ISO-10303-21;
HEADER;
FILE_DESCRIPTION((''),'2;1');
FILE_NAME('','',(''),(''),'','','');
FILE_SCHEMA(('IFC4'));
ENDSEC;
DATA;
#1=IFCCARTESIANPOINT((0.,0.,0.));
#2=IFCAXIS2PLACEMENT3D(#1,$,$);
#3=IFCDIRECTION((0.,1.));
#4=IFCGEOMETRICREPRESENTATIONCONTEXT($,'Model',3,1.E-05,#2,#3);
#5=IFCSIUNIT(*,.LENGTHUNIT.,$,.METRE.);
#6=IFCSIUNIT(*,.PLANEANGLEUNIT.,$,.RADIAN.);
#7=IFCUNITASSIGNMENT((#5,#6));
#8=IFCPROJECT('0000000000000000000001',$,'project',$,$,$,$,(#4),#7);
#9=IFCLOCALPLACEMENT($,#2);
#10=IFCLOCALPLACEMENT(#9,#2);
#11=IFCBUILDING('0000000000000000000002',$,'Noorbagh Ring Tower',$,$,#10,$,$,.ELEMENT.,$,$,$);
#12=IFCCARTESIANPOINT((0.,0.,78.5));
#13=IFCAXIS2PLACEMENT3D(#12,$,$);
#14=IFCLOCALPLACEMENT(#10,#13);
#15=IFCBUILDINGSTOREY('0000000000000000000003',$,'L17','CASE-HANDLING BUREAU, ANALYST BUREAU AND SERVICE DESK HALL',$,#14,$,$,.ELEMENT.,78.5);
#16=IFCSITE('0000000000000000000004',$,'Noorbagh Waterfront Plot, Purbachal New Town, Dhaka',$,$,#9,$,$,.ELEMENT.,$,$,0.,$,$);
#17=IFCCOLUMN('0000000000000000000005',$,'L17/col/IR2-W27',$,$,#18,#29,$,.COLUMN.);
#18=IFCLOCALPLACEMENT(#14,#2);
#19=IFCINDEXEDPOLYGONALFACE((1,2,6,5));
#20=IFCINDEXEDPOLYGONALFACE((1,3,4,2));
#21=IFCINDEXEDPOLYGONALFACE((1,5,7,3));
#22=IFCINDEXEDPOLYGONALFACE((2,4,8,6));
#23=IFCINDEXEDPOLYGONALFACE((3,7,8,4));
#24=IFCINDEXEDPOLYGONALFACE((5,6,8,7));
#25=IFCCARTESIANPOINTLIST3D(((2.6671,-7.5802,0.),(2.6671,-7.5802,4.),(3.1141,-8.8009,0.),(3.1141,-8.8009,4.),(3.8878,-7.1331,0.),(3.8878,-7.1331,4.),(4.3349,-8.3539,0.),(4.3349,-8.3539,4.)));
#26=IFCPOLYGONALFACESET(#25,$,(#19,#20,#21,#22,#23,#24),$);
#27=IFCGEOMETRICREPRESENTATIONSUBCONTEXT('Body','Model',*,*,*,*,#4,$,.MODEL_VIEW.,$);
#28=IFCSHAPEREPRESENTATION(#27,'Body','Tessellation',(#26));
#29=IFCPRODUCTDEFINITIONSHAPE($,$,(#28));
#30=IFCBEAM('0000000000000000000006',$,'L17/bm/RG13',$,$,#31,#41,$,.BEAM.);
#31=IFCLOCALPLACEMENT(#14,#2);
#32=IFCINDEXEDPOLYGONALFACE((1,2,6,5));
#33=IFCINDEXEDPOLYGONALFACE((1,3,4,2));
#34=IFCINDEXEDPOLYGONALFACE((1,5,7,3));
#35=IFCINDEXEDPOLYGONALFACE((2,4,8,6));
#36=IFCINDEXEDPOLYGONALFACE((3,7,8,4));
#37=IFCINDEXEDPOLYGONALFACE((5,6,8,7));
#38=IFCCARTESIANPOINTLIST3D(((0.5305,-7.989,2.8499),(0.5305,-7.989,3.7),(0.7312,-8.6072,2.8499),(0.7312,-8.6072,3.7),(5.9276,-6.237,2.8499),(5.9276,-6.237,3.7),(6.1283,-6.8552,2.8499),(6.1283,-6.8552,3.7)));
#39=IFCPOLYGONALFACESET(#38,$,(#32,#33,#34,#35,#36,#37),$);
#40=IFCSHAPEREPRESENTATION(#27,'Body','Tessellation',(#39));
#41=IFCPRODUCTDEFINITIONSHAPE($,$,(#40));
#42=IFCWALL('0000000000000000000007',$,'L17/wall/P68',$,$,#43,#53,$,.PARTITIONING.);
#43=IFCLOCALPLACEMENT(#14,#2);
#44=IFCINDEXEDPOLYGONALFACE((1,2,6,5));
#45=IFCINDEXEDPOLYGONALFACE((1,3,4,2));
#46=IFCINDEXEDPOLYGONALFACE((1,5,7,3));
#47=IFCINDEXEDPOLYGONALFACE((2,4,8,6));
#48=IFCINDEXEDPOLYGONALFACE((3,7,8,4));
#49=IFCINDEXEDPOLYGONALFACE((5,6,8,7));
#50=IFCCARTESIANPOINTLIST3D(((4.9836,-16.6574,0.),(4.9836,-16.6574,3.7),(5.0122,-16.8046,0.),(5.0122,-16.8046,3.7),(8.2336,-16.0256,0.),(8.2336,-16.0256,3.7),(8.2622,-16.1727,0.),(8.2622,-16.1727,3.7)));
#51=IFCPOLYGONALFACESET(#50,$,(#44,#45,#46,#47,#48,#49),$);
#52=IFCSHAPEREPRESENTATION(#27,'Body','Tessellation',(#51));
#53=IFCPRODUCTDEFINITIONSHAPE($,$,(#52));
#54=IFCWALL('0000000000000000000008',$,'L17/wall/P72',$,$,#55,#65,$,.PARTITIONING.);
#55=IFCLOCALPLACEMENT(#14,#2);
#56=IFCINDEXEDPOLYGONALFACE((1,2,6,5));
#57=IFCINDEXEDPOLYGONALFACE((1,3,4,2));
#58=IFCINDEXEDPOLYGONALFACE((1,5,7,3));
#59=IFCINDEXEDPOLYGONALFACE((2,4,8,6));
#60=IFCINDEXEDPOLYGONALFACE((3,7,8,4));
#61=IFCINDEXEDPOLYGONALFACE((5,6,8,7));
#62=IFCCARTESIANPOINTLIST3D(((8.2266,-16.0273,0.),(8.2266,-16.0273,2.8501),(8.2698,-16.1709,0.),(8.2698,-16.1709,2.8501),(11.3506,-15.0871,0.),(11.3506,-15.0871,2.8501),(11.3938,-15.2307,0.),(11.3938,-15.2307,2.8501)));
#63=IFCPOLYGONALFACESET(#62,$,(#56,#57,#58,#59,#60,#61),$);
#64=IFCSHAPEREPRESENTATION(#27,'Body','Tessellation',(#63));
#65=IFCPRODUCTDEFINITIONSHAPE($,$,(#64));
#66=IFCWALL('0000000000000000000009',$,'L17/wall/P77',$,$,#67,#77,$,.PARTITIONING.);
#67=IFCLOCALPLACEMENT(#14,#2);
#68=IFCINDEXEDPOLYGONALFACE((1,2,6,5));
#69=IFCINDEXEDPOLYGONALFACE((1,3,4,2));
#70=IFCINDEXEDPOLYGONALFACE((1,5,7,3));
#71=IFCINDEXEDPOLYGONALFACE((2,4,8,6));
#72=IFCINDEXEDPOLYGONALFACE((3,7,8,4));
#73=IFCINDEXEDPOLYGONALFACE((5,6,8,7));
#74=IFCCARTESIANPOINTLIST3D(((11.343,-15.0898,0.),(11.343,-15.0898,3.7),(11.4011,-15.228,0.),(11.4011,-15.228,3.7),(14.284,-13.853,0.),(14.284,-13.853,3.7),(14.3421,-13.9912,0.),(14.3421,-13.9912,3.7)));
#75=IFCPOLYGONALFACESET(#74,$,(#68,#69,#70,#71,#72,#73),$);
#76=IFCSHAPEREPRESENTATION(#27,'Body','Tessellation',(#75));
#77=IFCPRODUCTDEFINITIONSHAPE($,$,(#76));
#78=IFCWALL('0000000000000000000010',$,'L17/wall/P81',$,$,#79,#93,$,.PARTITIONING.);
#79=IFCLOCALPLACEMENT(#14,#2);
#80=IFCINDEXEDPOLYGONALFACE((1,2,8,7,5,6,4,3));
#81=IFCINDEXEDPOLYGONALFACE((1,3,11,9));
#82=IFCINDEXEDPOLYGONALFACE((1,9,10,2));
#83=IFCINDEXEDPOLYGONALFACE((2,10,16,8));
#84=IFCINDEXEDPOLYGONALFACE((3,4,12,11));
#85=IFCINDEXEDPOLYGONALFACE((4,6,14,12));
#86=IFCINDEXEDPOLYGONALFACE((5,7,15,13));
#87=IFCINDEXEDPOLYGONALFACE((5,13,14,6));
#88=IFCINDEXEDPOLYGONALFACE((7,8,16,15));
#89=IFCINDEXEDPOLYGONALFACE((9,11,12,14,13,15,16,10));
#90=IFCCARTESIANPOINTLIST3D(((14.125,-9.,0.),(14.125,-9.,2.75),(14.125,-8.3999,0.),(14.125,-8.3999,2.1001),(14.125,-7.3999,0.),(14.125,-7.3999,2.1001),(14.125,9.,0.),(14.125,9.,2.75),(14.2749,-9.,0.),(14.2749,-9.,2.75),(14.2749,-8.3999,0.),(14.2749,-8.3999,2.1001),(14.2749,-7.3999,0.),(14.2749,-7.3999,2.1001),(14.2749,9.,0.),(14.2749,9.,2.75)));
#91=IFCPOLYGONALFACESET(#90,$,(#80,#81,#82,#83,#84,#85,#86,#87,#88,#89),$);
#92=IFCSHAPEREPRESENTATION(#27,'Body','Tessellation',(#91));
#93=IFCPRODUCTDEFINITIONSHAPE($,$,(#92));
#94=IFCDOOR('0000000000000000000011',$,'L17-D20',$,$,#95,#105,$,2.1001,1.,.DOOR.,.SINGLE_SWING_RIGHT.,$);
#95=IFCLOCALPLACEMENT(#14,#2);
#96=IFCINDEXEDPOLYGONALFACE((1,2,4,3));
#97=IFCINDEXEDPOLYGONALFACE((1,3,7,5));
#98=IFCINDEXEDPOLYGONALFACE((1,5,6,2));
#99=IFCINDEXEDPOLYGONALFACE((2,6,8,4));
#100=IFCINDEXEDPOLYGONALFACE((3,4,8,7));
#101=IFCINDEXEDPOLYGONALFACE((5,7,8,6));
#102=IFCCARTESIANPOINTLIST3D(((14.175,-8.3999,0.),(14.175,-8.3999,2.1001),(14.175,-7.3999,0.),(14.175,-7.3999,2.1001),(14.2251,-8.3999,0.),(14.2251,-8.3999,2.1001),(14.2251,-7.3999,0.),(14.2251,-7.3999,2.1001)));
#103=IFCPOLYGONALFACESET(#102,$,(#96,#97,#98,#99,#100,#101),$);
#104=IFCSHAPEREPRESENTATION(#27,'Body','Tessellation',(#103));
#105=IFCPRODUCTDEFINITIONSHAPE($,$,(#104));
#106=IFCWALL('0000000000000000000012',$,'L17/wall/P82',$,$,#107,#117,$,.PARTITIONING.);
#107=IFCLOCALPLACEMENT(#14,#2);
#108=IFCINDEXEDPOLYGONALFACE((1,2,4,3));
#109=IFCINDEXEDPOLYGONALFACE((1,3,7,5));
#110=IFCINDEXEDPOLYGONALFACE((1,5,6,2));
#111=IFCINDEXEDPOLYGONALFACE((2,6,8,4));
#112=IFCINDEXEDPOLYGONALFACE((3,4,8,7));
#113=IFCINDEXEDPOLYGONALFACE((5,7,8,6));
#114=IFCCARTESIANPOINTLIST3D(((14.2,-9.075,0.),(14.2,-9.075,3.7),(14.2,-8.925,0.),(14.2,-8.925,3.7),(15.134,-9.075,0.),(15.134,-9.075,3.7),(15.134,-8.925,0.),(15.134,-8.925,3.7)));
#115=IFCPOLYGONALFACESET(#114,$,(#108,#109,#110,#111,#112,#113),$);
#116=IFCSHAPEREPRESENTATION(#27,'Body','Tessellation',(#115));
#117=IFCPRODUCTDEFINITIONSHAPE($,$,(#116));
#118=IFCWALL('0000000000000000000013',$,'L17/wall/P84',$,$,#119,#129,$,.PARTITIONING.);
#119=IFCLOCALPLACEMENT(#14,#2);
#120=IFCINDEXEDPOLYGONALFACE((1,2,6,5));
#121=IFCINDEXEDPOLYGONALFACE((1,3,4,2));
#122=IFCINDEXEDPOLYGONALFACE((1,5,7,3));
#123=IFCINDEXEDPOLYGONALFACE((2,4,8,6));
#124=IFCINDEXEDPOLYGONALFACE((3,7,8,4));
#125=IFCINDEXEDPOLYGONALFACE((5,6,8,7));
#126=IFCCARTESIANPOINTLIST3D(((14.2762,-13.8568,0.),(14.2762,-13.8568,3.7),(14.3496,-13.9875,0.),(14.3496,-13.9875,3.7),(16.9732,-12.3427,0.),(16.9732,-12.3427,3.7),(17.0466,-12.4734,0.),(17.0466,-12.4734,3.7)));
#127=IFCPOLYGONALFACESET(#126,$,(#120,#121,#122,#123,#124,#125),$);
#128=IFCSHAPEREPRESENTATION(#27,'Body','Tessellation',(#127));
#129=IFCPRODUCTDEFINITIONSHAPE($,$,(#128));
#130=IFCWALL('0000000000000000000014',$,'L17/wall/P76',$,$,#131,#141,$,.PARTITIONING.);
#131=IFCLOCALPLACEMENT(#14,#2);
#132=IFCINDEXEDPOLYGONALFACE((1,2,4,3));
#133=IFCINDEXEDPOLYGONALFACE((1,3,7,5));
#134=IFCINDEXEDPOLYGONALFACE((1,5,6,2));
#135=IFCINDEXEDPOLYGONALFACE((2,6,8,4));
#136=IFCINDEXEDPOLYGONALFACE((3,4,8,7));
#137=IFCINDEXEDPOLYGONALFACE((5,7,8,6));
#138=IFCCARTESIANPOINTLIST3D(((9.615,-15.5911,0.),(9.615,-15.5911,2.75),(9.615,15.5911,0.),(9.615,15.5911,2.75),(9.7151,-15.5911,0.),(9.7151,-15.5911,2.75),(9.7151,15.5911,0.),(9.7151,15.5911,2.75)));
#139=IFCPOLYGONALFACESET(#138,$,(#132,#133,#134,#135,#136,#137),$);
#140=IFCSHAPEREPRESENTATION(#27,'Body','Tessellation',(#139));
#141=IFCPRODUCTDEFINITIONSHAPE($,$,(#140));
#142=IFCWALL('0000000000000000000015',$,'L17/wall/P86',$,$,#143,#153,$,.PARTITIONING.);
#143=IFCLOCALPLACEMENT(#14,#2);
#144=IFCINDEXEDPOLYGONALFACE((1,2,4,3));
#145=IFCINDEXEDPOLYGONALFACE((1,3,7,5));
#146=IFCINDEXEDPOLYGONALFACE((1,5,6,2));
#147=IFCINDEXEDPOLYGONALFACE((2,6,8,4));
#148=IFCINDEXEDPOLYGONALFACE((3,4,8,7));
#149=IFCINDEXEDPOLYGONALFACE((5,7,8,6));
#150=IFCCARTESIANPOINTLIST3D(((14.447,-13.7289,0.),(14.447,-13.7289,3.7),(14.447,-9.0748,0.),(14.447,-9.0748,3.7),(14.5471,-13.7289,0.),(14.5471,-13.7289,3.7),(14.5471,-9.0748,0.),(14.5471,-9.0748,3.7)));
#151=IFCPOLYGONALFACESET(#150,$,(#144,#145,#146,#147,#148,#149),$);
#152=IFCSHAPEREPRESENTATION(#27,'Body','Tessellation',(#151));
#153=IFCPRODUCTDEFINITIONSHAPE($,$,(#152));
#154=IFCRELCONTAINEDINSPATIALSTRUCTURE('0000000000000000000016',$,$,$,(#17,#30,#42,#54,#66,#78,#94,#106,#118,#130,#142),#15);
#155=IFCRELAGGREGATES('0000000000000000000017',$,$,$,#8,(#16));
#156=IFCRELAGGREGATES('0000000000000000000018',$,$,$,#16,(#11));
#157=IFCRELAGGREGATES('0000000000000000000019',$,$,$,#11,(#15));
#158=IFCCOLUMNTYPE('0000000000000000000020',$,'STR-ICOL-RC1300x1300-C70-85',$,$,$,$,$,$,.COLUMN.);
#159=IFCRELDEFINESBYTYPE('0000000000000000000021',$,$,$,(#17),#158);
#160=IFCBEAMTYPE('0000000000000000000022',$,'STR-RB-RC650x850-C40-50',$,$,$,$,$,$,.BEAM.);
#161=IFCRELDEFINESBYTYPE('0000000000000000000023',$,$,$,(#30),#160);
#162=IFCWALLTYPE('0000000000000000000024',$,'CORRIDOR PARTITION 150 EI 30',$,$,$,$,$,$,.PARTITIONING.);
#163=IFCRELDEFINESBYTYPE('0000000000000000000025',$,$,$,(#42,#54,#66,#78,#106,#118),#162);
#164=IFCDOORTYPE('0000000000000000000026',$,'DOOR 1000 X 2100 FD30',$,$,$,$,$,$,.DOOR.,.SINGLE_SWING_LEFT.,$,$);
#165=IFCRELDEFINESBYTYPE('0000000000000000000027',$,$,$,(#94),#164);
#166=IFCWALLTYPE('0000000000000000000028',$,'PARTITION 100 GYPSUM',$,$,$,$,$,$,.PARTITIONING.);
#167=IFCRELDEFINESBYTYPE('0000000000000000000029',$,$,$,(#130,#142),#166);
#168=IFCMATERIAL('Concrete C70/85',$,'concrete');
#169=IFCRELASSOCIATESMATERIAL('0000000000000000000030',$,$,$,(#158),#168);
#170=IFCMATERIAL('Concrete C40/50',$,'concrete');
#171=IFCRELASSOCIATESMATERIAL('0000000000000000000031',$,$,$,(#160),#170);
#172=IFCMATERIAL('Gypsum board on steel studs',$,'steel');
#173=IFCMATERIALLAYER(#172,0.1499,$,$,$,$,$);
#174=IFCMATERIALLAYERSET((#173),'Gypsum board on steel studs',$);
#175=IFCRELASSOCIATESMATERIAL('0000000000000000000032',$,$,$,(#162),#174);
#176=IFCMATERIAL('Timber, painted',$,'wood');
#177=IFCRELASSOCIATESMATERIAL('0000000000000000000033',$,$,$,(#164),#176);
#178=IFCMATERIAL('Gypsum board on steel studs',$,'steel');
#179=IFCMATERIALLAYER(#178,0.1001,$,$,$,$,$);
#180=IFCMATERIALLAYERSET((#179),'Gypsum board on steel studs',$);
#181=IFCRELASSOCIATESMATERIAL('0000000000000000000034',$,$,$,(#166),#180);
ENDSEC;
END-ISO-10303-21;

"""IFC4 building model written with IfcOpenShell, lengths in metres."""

from ifc_helpers import new_model, si_unit, direction, frame, frame_2d, origin, origin_2d, place, context, subcontext, project, spatial, rectangle, extrude, material, layer, layer_set, material_profile, profile_set, type_object, element, fill, save


model = new_model("IFC4")

# Units and contexts
model_context = context("Model", 3, precision=1e-05, world=origin(), true_north=direction((0.0, 1.0)))
body_context = subcontext(model_context, "Body", "Model", "MODEL_VIEW")
ifc_project = project(units=[si_unit("LENGTHUNIT", "METRE"), si_unit("PLANEANGLEUNIT", "RADIAN")], contexts=[model_context])

# Site, building, storey
site_placement = place(None, origin())
site = spatial("IfcSite", under=ifc_project, at=site_placement, Name="Noorbagh Waterfront Plot, Purbachal New Town, Dhaka", CompositionType="ELEMENT", RefElevation=0.0)
building_placement = place(site_placement, origin())
building = spatial("IfcBuilding", under=site, at=building_placement, Name="Noorbagh Ring Tower", CompositionType="ELEMENT")
storey_placement = place(building_placement, frame((0.0, 0.0, 78.5)))
storey = spatial("IfcBuildingStorey", under=building, at=storey_placement, Name="L17", Description="CASE-HANDLING BUREAU, ANALYST BUREAU AND SERVICE DESK HALL", CompositionType="ELEMENT", Elevation=78.5)

# Column
ifc_material_1 = material(Name="Concrete C70/85", Category="concrete")
ifc_material_profile_1 = material_profile(ifc_material_1, rectangle(XDim=1.3, YDim=1.3, at=origin_2d()), Name="RC1300x1300")
ifc_profile_set_1 = profile_set([ifc_material_profile_1], Name="Concrete C70/85")
column_type = type_object("IfcColumnType", Name="STR-ICOL-RC1300x1300-C70-85", PredefinedType="COLUMN", material=ifc_profile_set_1)
column_placement = place(storey_placement, frame((3.501, -7.967, 0.0), z_axis=(0.0, 0.0, 1.0), x_axis=(0.93902, 0.343864, 0.0)))
element("IfcColumn", 1, at=column_placement, inside=storey, type_object=column_type, Name="L17/col/IR2-W27", PredefinedType="COLUMN", context=body_context, shape_type="SweptSolid", body=[
    extrude(rectangle(XDim=1.3, YDim=1.3, at=origin_2d()), origin(), (0.0, 0.0, 1.0), 4.0),
])

# Beam
ifc_material_2 = material(Name="Concrete C40/50", Category="concrete")
ifc_material_profile_2 = material_profile(ifc_material_2, rectangle(XDim=0.6499, YDim=0.8501, at=origin_2d()), Name="RC650x850")
ifc_profile_set_2 = profile_set([ifc_material_profile_2], Name="Concrete C40/50")
beam_type = type_object("IfcBeamType", Name="STR-RB-RC650x850-C40-50", PredefinedType="BEAM", material=ifc_profile_set_2)
beam_placement = place(storey_placement, frame((0.6309, -8.2981, 3.2749), z_axis=(0.951141, 0.308757, 0.0), x_axis=(-0.308757, 0.951141, 0.0)))
element("IfcBeam", 2, at=beam_placement, inside=storey, type_object=beam_type, Name="L17/bm/RG13", PredefinedType="BEAM", context=body_context, shape_type="SweptSolid", body=[
    extrude(rectangle(XDim=0.6499, YDim=0.8501, at=origin_2d()), origin(), (0.0, 0.0, 1.0), 5.6743),
])

# Walls
ifc_material_3 = material(Name="Gypsum board on steel studs", Category="steel")
ifc_layer_1 = layer(ifc_material_3, 0.1499)
ifc_layer_set_1 = layer_set([ifc_layer_1], Name="Gypsum board on steel studs")
wall_type_1 = type_object("IfcWallType", Name="CORRIDOR PARTITION 150 EI 30", PredefinedType="PARTITIONING", material=ifc_layer_set_1)
wall_1_placement = place(storey_placement, frame((4.998, -16.731, 0.0), z_axis=(0.0, 0.0, 1.0), x_axis=(0.981622, 0.190838, 0.0)))
element("IfcWall", 3, at=wall_1_placement, inside=storey, type_object=wall_type_1, Name="L17/wall/P68", PredefinedType="PARTITIONING", context=body_context, shape_type="SweptSolid", body=[
    extrude(rectangle(XDim=3.3108, YDim=0.1499, at=frame_2d((1.6553, 0.0))), origin(), (0.0, 0.0, 1.0), 3.7),
])
wall_2_placement = place(storey_placement, frame((8.248, -16.0991, 0.0), z_axis=(0.0, 0.0, 1.0), x_axis=(0.957575, 0.288185, 0.0)))
element("IfcWall", 4, at=wall_2_placement, inside=storey, type_object=wall_type_1, Name="L17/wall/P72", PredefinedType="PARTITIONING", context=body_context, shape_type="SweptSolid", body=[
    extrude(rectangle(XDim=3.2625, YDim=0.1499, at=frame_2d((1.6313, 0.0))), origin(), (0.0, 0.0, 1.0), 2.8501),
])
wall_3_placement = place(storey_placement, frame((11.3721, -15.1589, 0.0), z_axis=(0.0, 0.0, 1.0), x_axis=(0.9218, 0.387667, 0.0)))
element("IfcWall", 5, at=wall_3_placement, inside=storey, type_object=wall_type_1, Name="L17/wall/P77", PredefinedType="PARTITIONING", context=body_context, shape_type="SweptSolid", body=[
    extrude(rectangle(XDim=3.1904, YDim=0.1499, at=frame_2d((1.5952, 0.0))), origin(), (0.0, 0.0, 1.0), 3.7),
])

# Wall, opening, door
wall_4_placement = place(storey_placement, frame((14.2, -9.0, 0.0), z_axis=(0.0, 0.0, 1.0), x_axis=(0.0, 1.0, 0.0)))
wall_4 = element("IfcWall", 6, at=wall_4_placement, inside=storey, type_object=wall_type_1, Name="L17/wall/P81", PredefinedType="PARTITIONING", context=body_context, shape_type="SweptSolid", body=[
    extrude(rectangle(XDim=18.0, YDim=0.1499, at=frame_2d((9.0, 0.0))), origin(), (0.0, 0.0, 1.0), 2.75),
])
opening_placement = place(wall_4_placement, frame((0.6001, 0.0, 0.0)))
opening = element("IfcOpeningElement", 7, at=opening_placement, cuts=wall_4, PredefinedType="OPENING", context=body_context, shape_type="SweptSolid", body=[
    extrude(rectangle(XDim=1.0, YDim=2.1001, at=frame_2d((0.5, 1.05))), frame((0.0, 0.085, 0.0), z_axis=(0.0, -1.0, 0.0), x_axis=(1.0, 0.0, 0.0)), (0.0, 0.0, 1.0), 0.1699),
])
ifc_material_4 = material(Name="Timber, painted", Category="wood")
door_type = type_object("IfcDoorType", Name="DOOR 1000 X 2100 FD30", OperationType="SINGLE_SWING_LEFT", PredefinedType="DOOR", material=ifc_material_4)
door_placement = place(opening_placement, origin())
door = element("IfcDoor", 8, at=door_placement, inside=storey, type_object=door_type, Name="L17-D20", OperationType="SINGLE_SWING_RIGHT", OverallHeight=2.1001, OverallWidth=1.0, PredefinedType="DOOR", context=body_context, shape_type="SweptSolid", body=[
    extrude(rectangle(XDim=1.0, YDim=2.1001, at=frame_2d((0.5, 1.05))), frame((0.0, 0.0249, 0.0), z_axis=(0.0, -1.0, 0.0), x_axis=(1.0, 0.0, 0.0)), (0.0, 0.0, 1.0), 0.05),
])
fill(opening, door)

# Walls
wall_5_placement = place(storey_placement, frame((14.2, -9.0, 0.0), z_axis=(0.0, 0.0, 1.0), x_axis=(1.0, 0.0, 0.0)))
element("IfcWall", 9, at=wall_5_placement, inside=storey, type_object=wall_type_1, Name="L17/wall/P82", PredefinedType="PARTITIONING", context=body_context, shape_type="SweptSolid", body=[
    extrude(rectangle(XDim=0.9341, YDim=0.1499, at=frame_2d((0.467, 0.0))), origin(), (0.0, 0.0, 1.0), 3.7),
])
wall_6_placement = place(storey_placement, frame((14.313, -13.9221, 0.0), z_axis=(0.0, 0.0, 1.0), x_axis=(0.871978, 0.489545, 0.0)))
element("IfcWall", 10, at=wall_6_placement, inside=storey, type_object=wall_type_1, Name="L17/wall/P84", PredefinedType="PARTITIONING", context=body_context, shape_type="SweptSolid", body=[
    extrude(rectangle(XDim=3.093, YDim=0.1499, at=frame_2d((1.5464, 0.0))), origin(), (0.0, 0.0, 1.0), 3.7),
])
ifc_material_5 = material(Name="Gypsum board on steel studs", Category="steel")
ifc_layer_2 = layer(ifc_material_5, 0.1001)
ifc_layer_set_2 = layer_set([ifc_layer_2], Name="Gypsum board on steel studs")
wall_type_2 = type_object("IfcWallType", Name="PARTITION 100 GYPSUM", PredefinedType="PARTITIONING", material=ifc_layer_set_2)
wall_7_placement = place(storey_placement, frame((9.665, -15.5911, 0.0), z_axis=(0.0, 0.0, 1.0), x_axis=(0.0, 1.0, 0.0)))
element("IfcWall", 11, at=wall_7_placement, inside=storey, type_object=wall_type_2, Name="L17/wall/P76", PredefinedType="PARTITIONING", context=body_context, shape_type="SweptSolid", body=[
    extrude(rectangle(XDim=31.1821, YDim=0.1001, at=frame_2d((15.5911, 0.0))), origin(), (0.0, 0.0, 1.0), 2.75),
])
wall_8_placement = place(storey_placement, frame((14.4971, -13.729, 0.0), z_axis=(0.0, 0.0, 1.0), x_axis=(0.0, 1.0, 0.0)))
element("IfcWall", 12, at=wall_8_placement, inside=storey, type_object=wall_type_2, Name="L17/wall/P86", PredefinedType="PARTITIONING", context=body_context, shape_type="SweptSolid", body=[
    extrude(rectangle(XDim=4.6541, YDim=0.1001, at=frame_2d((2.3271, 0.0))), origin(), (0.0, 0.0, 1.0), 3.7),
])

save(model, "model.ifc")
